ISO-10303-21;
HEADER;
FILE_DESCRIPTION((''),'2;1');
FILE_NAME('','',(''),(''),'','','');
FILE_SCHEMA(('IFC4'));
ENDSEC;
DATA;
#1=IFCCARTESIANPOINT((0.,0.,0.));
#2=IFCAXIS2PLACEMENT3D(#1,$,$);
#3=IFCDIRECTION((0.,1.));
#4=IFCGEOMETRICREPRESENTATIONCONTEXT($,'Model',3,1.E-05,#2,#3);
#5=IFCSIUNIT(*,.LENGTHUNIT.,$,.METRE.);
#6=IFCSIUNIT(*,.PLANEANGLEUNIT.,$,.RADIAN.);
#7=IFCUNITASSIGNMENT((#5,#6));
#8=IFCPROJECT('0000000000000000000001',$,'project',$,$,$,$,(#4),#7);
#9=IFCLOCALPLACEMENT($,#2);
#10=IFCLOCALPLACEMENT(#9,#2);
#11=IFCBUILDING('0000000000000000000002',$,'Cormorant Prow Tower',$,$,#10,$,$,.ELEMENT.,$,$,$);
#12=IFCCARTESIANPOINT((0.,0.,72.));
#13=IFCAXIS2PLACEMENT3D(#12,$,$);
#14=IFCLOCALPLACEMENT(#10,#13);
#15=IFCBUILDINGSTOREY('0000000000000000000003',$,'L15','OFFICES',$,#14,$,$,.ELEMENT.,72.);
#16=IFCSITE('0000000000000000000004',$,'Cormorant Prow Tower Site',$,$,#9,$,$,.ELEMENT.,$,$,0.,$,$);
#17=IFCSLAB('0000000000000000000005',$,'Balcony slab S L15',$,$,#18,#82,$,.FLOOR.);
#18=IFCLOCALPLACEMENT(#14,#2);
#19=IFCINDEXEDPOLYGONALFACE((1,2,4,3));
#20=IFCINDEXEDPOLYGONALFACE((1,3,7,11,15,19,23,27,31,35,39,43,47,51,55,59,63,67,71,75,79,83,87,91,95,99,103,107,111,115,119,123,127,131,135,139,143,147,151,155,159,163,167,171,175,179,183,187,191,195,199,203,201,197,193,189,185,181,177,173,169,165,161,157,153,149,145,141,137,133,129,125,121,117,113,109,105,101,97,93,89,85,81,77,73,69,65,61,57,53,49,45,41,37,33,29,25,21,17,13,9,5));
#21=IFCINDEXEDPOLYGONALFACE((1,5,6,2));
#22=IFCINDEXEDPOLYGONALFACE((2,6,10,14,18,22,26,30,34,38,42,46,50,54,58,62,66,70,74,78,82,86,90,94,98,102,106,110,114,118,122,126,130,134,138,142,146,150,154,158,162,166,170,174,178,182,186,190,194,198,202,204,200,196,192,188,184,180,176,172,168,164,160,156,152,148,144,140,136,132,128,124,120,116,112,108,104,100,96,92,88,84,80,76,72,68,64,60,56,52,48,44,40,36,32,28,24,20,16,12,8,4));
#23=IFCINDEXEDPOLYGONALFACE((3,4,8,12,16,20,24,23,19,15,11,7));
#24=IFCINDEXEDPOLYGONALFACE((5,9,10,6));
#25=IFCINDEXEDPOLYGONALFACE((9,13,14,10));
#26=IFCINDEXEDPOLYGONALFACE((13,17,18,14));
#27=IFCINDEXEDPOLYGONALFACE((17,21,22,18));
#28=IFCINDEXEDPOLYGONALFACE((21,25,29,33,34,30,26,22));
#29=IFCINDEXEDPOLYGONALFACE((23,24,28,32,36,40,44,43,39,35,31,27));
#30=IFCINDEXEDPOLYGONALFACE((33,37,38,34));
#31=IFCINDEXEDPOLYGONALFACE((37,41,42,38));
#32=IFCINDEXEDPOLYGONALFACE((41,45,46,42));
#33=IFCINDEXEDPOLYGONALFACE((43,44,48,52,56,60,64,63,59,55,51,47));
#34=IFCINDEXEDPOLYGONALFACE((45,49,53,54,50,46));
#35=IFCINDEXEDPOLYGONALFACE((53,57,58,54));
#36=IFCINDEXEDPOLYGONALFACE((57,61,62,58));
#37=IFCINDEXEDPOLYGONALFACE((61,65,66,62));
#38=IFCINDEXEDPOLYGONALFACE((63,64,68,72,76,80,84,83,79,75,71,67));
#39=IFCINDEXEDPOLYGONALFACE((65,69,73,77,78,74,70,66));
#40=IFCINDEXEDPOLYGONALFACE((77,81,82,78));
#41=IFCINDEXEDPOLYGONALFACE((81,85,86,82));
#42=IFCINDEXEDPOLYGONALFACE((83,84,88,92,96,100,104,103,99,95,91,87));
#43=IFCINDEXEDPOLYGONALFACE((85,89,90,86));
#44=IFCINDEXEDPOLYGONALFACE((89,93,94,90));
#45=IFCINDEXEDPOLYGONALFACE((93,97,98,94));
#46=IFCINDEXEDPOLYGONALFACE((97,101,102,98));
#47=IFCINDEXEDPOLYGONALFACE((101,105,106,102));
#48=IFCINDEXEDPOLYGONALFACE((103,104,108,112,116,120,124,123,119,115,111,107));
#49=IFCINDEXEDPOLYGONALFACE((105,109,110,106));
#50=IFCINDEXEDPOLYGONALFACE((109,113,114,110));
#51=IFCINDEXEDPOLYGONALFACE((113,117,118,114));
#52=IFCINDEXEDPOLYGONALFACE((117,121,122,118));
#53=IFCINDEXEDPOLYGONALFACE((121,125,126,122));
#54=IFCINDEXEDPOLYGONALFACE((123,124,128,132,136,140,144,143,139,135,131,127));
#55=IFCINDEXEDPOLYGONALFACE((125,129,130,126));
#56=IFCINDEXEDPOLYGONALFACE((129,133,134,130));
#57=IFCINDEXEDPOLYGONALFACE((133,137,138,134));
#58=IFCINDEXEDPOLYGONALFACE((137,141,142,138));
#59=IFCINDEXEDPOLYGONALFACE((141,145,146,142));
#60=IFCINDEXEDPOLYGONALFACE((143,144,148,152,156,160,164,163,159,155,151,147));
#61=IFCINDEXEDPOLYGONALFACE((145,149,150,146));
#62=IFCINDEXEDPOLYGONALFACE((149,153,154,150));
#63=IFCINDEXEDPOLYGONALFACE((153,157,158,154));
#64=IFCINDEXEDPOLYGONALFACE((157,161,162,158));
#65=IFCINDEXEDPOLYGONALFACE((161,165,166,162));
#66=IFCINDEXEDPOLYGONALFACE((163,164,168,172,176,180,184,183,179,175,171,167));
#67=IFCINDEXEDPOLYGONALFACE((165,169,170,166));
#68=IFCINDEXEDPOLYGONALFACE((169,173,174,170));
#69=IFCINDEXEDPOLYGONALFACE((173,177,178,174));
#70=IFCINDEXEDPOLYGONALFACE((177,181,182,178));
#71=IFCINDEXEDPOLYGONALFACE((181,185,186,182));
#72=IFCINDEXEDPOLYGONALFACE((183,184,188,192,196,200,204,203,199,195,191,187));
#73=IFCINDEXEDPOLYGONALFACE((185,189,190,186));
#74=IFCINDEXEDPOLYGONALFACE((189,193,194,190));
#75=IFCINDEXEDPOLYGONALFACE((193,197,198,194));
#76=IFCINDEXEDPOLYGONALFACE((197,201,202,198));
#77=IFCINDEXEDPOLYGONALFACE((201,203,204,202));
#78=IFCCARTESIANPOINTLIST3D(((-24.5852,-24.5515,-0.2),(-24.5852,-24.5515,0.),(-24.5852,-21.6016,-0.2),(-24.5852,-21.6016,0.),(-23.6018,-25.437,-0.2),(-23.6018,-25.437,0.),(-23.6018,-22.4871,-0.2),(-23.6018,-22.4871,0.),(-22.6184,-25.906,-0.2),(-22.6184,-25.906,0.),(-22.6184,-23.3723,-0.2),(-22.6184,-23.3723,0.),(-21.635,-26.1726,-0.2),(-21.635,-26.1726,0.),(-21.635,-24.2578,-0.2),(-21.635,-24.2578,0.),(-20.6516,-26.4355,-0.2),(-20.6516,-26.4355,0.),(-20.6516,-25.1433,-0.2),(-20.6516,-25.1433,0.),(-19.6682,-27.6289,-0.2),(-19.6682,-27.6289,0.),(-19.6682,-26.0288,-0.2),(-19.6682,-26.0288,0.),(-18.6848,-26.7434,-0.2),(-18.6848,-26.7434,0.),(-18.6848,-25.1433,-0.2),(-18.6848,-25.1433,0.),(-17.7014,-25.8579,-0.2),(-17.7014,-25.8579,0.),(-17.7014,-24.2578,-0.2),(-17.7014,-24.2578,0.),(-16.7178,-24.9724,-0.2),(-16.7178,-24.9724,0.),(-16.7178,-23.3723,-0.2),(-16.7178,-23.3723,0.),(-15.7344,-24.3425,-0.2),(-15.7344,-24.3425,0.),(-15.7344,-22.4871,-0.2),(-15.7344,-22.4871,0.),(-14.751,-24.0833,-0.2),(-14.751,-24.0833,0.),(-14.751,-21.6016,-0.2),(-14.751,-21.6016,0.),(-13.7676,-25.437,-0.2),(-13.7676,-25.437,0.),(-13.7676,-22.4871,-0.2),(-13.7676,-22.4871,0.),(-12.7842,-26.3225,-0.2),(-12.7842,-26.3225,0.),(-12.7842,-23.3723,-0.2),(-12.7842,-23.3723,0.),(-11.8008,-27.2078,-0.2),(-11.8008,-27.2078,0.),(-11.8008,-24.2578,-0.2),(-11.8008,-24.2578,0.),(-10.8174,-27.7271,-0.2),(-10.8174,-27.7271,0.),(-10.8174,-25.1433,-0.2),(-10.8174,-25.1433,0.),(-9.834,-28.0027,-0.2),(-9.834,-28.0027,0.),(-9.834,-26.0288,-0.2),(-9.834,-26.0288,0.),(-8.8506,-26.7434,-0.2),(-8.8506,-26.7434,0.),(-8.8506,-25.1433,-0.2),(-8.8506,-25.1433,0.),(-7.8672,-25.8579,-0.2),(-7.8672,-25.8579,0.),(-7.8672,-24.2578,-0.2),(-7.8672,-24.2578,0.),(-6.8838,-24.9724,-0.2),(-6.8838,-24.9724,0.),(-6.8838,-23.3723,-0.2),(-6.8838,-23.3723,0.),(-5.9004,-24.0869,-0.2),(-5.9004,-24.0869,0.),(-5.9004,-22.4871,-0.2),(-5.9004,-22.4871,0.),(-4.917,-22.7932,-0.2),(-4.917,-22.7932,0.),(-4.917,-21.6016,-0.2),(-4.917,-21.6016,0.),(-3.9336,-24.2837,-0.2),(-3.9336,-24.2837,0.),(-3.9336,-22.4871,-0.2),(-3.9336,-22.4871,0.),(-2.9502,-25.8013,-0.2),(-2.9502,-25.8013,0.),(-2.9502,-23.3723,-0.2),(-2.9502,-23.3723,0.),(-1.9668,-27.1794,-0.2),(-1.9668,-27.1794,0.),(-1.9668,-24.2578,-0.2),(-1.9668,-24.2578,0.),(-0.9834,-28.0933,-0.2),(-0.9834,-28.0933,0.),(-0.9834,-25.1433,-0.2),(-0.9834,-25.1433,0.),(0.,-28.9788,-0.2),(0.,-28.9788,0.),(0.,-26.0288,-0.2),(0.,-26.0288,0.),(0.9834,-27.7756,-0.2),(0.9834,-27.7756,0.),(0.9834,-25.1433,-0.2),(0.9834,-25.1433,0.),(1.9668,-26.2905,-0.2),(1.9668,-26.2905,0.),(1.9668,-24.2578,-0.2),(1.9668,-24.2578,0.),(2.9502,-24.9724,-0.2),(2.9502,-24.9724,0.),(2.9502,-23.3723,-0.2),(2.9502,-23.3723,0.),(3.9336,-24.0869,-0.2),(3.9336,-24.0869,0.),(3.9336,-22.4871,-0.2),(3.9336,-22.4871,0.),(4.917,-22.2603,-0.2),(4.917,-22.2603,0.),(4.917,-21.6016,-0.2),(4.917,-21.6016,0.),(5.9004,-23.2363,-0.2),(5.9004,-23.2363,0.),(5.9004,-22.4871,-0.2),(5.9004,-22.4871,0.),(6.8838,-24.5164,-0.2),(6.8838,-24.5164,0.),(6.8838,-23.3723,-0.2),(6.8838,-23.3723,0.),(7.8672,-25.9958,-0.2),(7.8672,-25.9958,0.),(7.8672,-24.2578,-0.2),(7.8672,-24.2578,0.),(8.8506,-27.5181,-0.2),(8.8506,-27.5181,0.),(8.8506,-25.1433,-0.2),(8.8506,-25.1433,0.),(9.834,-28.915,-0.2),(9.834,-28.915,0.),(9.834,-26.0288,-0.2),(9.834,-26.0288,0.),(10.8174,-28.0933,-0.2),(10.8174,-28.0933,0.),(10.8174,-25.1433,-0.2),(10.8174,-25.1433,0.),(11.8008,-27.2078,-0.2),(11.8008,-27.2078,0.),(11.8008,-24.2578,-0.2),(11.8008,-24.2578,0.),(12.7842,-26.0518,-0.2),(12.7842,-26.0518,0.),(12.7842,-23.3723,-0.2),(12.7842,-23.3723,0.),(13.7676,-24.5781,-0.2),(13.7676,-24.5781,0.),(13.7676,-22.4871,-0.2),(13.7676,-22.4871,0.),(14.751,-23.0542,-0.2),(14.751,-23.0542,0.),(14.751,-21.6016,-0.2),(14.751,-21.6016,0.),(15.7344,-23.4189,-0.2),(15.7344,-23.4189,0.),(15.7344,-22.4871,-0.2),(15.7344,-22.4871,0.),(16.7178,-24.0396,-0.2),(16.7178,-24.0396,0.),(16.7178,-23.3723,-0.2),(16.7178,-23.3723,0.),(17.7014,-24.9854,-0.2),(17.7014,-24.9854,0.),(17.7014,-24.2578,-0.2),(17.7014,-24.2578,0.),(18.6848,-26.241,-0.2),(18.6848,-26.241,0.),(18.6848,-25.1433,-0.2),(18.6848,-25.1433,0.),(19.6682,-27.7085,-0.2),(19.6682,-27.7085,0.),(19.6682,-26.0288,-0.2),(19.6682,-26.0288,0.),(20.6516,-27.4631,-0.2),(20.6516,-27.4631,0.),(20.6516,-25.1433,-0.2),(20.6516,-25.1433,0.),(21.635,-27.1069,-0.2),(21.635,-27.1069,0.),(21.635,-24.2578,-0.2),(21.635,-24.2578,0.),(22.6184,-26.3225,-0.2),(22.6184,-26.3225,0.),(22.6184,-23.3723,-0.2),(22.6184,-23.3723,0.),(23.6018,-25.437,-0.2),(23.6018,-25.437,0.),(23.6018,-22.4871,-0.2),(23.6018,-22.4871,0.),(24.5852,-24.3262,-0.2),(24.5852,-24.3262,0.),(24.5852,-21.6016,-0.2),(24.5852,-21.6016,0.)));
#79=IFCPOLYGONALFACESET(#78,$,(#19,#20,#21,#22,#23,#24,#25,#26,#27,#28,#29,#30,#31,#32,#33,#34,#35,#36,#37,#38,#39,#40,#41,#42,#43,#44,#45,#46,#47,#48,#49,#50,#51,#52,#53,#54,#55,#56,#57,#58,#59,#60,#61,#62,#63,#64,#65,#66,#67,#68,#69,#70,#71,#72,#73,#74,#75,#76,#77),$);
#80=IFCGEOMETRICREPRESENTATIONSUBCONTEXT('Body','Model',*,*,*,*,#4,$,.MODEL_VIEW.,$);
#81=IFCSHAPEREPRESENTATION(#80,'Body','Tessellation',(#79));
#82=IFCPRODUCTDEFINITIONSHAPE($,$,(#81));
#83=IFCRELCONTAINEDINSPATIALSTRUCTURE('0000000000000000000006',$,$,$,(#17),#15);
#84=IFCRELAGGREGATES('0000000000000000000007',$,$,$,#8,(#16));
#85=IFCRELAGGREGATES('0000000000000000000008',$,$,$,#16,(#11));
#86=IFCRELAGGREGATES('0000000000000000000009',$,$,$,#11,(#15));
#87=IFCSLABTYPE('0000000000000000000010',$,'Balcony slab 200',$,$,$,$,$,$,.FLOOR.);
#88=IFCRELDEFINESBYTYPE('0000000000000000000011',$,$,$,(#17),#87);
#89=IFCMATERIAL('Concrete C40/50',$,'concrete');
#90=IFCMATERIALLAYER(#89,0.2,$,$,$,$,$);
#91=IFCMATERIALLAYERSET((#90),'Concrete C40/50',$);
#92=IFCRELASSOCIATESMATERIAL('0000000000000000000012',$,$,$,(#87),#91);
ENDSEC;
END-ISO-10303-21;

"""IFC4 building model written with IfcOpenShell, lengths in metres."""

from ifc_helpers import new_model, si_unit, direction, frame, origin, place, context, subcontext, project, spatial, polyline, outline, extrude, material, layer, layer_set, type_object, element, save


model = new_model("IFC4")

# Units and contexts
model_context = context("Model", 3, precision=1e-05, world=origin(), true_north=direction((0.0, 1.0)))
body_context = subcontext(model_context, "Body", "Model", "MODEL_VIEW")
ifc_project = project(units=[si_unit("LENGTHUNIT", "METRE"), si_unit("PLANEANGLEUNIT", "RADIAN")], contexts=[model_context])

# Site, building, storey
site_placement = place(None, origin())
site = spatial("IfcSite", under=ifc_project, at=site_placement, Name="Cormorant Prow Tower Site", CompositionType="ELEMENT", RefElevation=0.0)
building_placement = place(site_placement, origin())
building = spatial("IfcBuilding", under=site, at=building_placement, Name="Cormorant Prow Tower", CompositionType="ELEMENT")
storey_placement = place(building_placement, frame((0.0, 0.0, 72.0)))
storey = spatial("IfcBuildingStorey", under=building, at=storey_placement, Name="L15", Description="OFFICES", CompositionType="ELEMENT", Elevation=72.0)

# Slab
ifc_material_1 = material(Name="Concrete C40/50", Category="concrete")
ifc_layer_1 = layer(ifc_material_1, 0.2)
ifc_layer_set_1 = layer_set([ifc_layer_1], Name="Concrete C40/50")
slab_type_1 = type_object("IfcSlabType", Name="Balcony slab 200", PredefinedType="FLOOR", material=ifc_layer_set_1)
slab_1_placement = place(storey_placement, frame((0.0, 0.0, -0.2)))
element("IfcSlab", 1, at=slab_1_placement, inside=storey, type_object=slab_type_1, Name="Balcony slab S L15", PredefinedType="FLOOR", context=body_context, shape_type="SweptSolid", body=[
    extrude(outline(polyline([(-24.5852, -21.6016), (-24.5852, -24.5515), (-23.6018, -25.437), (-22.6184, -25.906), (-21.635, -26.1726), (-20.6516, -26.4355), (-19.6682, -27.6289), (-18.6848, -26.7434), (-17.7014, -25.8579), (-16.7178, -24.9724), (-15.7344, -24.3425), (-14.751, -24.0833), (-13.7676, -25.437), (-12.7842, -26.3225), (-11.8008, -27.2078), (-10.8174, -27.7271), (-9.834, -28.0027), (-8.8506, -26.7434), (-7.8672, -25.8579), (-6.8838, -24.9724), (-5.9004, -24.0869), (-4.917, -22.7932), (-3.9336, -24.2837), (-2.9502, -25.8013), (-1.9668, -27.1794), (-0.9834, -28.0933), (0.0, -28.9788), (0.9834, -27.7756), (1.9668, -26.2905), (2.9502, -24.9724), (3.9336, -24.0869), (4.917, -22.2603), (5.9004, -23.2363), (6.8838, -24.5164), (7.8672, -25.9958), (8.8506, -27.5181), (9.834, -28.915), (10.8174, -28.0933), (11.8008, -27.2078), (12.7842, -26.0518), (13.7676, -24.5781), (14.751, -23.0542), (15.7344, -23.4189), (16.7178, -24.0396), (17.7014, -24.9854), (18.6848, -26.241), (19.6682, -27.7085), (20.6516, -27.4631), (21.635, -27.1069), (22.6184, -26.3225), (23.6018, -25.437), (24.5852, -24.3262), (24.5852, -21.6016), (23.6018, -22.4871), (22.6184, -23.3723), (21.635, -24.2578), (20.6516, -25.1433), (19.6682, -26.0288), (18.6848, -25.1433), (17.7014, -24.2578), (16.7178, -23.3723), (15.7344, -22.4871), (14.751, -21.6016), (13.7676, -22.4871), (12.7842, -23.3723), (11.8008, -24.2578), (10.8174, -25.1433), (9.834, -26.0288), (8.8506, -25.1433), (7.8672, -24.2578), (6.8838, -23.3723), (5.9004, -22.4871), (4.917, -21.6016), (3.9336, -22.4871), (2.9502, -23.3723), (1.9668, -24.2578), (0.9834, -25.1433), (0.0, -26.0288), (-0.9834, -25.1433), (-1.9668, -24.2578), (-2.9502, -23.3723), (-3.9336, -22.4871), (-4.917, -21.6016), (-5.9004, -22.4871), (-6.8838, -23.3723), (-7.8672, -24.2578), (-8.8506, -25.1433), (-9.834, -26.0288), (-10.8174, -25.1433), (-11.8008, -24.2578), (-12.7842, -23.3723), (-13.7676, -22.4871), (-14.751, -21.6016), (-15.7344, -22.4871), (-16.7178, -23.3723), (-17.7014, -24.2578), (-18.6848, -25.1433), (-19.6682, -26.0288), (-20.6516, -25.1433), (-21.635, -24.2578), (-22.6184, -23.3723), (-23.6018, -22.4871), (-24.5852, -21.6016)])), origin(), (0.0, 0.0, 1.0), 0.2),
])

save(model, "model.ifc")
